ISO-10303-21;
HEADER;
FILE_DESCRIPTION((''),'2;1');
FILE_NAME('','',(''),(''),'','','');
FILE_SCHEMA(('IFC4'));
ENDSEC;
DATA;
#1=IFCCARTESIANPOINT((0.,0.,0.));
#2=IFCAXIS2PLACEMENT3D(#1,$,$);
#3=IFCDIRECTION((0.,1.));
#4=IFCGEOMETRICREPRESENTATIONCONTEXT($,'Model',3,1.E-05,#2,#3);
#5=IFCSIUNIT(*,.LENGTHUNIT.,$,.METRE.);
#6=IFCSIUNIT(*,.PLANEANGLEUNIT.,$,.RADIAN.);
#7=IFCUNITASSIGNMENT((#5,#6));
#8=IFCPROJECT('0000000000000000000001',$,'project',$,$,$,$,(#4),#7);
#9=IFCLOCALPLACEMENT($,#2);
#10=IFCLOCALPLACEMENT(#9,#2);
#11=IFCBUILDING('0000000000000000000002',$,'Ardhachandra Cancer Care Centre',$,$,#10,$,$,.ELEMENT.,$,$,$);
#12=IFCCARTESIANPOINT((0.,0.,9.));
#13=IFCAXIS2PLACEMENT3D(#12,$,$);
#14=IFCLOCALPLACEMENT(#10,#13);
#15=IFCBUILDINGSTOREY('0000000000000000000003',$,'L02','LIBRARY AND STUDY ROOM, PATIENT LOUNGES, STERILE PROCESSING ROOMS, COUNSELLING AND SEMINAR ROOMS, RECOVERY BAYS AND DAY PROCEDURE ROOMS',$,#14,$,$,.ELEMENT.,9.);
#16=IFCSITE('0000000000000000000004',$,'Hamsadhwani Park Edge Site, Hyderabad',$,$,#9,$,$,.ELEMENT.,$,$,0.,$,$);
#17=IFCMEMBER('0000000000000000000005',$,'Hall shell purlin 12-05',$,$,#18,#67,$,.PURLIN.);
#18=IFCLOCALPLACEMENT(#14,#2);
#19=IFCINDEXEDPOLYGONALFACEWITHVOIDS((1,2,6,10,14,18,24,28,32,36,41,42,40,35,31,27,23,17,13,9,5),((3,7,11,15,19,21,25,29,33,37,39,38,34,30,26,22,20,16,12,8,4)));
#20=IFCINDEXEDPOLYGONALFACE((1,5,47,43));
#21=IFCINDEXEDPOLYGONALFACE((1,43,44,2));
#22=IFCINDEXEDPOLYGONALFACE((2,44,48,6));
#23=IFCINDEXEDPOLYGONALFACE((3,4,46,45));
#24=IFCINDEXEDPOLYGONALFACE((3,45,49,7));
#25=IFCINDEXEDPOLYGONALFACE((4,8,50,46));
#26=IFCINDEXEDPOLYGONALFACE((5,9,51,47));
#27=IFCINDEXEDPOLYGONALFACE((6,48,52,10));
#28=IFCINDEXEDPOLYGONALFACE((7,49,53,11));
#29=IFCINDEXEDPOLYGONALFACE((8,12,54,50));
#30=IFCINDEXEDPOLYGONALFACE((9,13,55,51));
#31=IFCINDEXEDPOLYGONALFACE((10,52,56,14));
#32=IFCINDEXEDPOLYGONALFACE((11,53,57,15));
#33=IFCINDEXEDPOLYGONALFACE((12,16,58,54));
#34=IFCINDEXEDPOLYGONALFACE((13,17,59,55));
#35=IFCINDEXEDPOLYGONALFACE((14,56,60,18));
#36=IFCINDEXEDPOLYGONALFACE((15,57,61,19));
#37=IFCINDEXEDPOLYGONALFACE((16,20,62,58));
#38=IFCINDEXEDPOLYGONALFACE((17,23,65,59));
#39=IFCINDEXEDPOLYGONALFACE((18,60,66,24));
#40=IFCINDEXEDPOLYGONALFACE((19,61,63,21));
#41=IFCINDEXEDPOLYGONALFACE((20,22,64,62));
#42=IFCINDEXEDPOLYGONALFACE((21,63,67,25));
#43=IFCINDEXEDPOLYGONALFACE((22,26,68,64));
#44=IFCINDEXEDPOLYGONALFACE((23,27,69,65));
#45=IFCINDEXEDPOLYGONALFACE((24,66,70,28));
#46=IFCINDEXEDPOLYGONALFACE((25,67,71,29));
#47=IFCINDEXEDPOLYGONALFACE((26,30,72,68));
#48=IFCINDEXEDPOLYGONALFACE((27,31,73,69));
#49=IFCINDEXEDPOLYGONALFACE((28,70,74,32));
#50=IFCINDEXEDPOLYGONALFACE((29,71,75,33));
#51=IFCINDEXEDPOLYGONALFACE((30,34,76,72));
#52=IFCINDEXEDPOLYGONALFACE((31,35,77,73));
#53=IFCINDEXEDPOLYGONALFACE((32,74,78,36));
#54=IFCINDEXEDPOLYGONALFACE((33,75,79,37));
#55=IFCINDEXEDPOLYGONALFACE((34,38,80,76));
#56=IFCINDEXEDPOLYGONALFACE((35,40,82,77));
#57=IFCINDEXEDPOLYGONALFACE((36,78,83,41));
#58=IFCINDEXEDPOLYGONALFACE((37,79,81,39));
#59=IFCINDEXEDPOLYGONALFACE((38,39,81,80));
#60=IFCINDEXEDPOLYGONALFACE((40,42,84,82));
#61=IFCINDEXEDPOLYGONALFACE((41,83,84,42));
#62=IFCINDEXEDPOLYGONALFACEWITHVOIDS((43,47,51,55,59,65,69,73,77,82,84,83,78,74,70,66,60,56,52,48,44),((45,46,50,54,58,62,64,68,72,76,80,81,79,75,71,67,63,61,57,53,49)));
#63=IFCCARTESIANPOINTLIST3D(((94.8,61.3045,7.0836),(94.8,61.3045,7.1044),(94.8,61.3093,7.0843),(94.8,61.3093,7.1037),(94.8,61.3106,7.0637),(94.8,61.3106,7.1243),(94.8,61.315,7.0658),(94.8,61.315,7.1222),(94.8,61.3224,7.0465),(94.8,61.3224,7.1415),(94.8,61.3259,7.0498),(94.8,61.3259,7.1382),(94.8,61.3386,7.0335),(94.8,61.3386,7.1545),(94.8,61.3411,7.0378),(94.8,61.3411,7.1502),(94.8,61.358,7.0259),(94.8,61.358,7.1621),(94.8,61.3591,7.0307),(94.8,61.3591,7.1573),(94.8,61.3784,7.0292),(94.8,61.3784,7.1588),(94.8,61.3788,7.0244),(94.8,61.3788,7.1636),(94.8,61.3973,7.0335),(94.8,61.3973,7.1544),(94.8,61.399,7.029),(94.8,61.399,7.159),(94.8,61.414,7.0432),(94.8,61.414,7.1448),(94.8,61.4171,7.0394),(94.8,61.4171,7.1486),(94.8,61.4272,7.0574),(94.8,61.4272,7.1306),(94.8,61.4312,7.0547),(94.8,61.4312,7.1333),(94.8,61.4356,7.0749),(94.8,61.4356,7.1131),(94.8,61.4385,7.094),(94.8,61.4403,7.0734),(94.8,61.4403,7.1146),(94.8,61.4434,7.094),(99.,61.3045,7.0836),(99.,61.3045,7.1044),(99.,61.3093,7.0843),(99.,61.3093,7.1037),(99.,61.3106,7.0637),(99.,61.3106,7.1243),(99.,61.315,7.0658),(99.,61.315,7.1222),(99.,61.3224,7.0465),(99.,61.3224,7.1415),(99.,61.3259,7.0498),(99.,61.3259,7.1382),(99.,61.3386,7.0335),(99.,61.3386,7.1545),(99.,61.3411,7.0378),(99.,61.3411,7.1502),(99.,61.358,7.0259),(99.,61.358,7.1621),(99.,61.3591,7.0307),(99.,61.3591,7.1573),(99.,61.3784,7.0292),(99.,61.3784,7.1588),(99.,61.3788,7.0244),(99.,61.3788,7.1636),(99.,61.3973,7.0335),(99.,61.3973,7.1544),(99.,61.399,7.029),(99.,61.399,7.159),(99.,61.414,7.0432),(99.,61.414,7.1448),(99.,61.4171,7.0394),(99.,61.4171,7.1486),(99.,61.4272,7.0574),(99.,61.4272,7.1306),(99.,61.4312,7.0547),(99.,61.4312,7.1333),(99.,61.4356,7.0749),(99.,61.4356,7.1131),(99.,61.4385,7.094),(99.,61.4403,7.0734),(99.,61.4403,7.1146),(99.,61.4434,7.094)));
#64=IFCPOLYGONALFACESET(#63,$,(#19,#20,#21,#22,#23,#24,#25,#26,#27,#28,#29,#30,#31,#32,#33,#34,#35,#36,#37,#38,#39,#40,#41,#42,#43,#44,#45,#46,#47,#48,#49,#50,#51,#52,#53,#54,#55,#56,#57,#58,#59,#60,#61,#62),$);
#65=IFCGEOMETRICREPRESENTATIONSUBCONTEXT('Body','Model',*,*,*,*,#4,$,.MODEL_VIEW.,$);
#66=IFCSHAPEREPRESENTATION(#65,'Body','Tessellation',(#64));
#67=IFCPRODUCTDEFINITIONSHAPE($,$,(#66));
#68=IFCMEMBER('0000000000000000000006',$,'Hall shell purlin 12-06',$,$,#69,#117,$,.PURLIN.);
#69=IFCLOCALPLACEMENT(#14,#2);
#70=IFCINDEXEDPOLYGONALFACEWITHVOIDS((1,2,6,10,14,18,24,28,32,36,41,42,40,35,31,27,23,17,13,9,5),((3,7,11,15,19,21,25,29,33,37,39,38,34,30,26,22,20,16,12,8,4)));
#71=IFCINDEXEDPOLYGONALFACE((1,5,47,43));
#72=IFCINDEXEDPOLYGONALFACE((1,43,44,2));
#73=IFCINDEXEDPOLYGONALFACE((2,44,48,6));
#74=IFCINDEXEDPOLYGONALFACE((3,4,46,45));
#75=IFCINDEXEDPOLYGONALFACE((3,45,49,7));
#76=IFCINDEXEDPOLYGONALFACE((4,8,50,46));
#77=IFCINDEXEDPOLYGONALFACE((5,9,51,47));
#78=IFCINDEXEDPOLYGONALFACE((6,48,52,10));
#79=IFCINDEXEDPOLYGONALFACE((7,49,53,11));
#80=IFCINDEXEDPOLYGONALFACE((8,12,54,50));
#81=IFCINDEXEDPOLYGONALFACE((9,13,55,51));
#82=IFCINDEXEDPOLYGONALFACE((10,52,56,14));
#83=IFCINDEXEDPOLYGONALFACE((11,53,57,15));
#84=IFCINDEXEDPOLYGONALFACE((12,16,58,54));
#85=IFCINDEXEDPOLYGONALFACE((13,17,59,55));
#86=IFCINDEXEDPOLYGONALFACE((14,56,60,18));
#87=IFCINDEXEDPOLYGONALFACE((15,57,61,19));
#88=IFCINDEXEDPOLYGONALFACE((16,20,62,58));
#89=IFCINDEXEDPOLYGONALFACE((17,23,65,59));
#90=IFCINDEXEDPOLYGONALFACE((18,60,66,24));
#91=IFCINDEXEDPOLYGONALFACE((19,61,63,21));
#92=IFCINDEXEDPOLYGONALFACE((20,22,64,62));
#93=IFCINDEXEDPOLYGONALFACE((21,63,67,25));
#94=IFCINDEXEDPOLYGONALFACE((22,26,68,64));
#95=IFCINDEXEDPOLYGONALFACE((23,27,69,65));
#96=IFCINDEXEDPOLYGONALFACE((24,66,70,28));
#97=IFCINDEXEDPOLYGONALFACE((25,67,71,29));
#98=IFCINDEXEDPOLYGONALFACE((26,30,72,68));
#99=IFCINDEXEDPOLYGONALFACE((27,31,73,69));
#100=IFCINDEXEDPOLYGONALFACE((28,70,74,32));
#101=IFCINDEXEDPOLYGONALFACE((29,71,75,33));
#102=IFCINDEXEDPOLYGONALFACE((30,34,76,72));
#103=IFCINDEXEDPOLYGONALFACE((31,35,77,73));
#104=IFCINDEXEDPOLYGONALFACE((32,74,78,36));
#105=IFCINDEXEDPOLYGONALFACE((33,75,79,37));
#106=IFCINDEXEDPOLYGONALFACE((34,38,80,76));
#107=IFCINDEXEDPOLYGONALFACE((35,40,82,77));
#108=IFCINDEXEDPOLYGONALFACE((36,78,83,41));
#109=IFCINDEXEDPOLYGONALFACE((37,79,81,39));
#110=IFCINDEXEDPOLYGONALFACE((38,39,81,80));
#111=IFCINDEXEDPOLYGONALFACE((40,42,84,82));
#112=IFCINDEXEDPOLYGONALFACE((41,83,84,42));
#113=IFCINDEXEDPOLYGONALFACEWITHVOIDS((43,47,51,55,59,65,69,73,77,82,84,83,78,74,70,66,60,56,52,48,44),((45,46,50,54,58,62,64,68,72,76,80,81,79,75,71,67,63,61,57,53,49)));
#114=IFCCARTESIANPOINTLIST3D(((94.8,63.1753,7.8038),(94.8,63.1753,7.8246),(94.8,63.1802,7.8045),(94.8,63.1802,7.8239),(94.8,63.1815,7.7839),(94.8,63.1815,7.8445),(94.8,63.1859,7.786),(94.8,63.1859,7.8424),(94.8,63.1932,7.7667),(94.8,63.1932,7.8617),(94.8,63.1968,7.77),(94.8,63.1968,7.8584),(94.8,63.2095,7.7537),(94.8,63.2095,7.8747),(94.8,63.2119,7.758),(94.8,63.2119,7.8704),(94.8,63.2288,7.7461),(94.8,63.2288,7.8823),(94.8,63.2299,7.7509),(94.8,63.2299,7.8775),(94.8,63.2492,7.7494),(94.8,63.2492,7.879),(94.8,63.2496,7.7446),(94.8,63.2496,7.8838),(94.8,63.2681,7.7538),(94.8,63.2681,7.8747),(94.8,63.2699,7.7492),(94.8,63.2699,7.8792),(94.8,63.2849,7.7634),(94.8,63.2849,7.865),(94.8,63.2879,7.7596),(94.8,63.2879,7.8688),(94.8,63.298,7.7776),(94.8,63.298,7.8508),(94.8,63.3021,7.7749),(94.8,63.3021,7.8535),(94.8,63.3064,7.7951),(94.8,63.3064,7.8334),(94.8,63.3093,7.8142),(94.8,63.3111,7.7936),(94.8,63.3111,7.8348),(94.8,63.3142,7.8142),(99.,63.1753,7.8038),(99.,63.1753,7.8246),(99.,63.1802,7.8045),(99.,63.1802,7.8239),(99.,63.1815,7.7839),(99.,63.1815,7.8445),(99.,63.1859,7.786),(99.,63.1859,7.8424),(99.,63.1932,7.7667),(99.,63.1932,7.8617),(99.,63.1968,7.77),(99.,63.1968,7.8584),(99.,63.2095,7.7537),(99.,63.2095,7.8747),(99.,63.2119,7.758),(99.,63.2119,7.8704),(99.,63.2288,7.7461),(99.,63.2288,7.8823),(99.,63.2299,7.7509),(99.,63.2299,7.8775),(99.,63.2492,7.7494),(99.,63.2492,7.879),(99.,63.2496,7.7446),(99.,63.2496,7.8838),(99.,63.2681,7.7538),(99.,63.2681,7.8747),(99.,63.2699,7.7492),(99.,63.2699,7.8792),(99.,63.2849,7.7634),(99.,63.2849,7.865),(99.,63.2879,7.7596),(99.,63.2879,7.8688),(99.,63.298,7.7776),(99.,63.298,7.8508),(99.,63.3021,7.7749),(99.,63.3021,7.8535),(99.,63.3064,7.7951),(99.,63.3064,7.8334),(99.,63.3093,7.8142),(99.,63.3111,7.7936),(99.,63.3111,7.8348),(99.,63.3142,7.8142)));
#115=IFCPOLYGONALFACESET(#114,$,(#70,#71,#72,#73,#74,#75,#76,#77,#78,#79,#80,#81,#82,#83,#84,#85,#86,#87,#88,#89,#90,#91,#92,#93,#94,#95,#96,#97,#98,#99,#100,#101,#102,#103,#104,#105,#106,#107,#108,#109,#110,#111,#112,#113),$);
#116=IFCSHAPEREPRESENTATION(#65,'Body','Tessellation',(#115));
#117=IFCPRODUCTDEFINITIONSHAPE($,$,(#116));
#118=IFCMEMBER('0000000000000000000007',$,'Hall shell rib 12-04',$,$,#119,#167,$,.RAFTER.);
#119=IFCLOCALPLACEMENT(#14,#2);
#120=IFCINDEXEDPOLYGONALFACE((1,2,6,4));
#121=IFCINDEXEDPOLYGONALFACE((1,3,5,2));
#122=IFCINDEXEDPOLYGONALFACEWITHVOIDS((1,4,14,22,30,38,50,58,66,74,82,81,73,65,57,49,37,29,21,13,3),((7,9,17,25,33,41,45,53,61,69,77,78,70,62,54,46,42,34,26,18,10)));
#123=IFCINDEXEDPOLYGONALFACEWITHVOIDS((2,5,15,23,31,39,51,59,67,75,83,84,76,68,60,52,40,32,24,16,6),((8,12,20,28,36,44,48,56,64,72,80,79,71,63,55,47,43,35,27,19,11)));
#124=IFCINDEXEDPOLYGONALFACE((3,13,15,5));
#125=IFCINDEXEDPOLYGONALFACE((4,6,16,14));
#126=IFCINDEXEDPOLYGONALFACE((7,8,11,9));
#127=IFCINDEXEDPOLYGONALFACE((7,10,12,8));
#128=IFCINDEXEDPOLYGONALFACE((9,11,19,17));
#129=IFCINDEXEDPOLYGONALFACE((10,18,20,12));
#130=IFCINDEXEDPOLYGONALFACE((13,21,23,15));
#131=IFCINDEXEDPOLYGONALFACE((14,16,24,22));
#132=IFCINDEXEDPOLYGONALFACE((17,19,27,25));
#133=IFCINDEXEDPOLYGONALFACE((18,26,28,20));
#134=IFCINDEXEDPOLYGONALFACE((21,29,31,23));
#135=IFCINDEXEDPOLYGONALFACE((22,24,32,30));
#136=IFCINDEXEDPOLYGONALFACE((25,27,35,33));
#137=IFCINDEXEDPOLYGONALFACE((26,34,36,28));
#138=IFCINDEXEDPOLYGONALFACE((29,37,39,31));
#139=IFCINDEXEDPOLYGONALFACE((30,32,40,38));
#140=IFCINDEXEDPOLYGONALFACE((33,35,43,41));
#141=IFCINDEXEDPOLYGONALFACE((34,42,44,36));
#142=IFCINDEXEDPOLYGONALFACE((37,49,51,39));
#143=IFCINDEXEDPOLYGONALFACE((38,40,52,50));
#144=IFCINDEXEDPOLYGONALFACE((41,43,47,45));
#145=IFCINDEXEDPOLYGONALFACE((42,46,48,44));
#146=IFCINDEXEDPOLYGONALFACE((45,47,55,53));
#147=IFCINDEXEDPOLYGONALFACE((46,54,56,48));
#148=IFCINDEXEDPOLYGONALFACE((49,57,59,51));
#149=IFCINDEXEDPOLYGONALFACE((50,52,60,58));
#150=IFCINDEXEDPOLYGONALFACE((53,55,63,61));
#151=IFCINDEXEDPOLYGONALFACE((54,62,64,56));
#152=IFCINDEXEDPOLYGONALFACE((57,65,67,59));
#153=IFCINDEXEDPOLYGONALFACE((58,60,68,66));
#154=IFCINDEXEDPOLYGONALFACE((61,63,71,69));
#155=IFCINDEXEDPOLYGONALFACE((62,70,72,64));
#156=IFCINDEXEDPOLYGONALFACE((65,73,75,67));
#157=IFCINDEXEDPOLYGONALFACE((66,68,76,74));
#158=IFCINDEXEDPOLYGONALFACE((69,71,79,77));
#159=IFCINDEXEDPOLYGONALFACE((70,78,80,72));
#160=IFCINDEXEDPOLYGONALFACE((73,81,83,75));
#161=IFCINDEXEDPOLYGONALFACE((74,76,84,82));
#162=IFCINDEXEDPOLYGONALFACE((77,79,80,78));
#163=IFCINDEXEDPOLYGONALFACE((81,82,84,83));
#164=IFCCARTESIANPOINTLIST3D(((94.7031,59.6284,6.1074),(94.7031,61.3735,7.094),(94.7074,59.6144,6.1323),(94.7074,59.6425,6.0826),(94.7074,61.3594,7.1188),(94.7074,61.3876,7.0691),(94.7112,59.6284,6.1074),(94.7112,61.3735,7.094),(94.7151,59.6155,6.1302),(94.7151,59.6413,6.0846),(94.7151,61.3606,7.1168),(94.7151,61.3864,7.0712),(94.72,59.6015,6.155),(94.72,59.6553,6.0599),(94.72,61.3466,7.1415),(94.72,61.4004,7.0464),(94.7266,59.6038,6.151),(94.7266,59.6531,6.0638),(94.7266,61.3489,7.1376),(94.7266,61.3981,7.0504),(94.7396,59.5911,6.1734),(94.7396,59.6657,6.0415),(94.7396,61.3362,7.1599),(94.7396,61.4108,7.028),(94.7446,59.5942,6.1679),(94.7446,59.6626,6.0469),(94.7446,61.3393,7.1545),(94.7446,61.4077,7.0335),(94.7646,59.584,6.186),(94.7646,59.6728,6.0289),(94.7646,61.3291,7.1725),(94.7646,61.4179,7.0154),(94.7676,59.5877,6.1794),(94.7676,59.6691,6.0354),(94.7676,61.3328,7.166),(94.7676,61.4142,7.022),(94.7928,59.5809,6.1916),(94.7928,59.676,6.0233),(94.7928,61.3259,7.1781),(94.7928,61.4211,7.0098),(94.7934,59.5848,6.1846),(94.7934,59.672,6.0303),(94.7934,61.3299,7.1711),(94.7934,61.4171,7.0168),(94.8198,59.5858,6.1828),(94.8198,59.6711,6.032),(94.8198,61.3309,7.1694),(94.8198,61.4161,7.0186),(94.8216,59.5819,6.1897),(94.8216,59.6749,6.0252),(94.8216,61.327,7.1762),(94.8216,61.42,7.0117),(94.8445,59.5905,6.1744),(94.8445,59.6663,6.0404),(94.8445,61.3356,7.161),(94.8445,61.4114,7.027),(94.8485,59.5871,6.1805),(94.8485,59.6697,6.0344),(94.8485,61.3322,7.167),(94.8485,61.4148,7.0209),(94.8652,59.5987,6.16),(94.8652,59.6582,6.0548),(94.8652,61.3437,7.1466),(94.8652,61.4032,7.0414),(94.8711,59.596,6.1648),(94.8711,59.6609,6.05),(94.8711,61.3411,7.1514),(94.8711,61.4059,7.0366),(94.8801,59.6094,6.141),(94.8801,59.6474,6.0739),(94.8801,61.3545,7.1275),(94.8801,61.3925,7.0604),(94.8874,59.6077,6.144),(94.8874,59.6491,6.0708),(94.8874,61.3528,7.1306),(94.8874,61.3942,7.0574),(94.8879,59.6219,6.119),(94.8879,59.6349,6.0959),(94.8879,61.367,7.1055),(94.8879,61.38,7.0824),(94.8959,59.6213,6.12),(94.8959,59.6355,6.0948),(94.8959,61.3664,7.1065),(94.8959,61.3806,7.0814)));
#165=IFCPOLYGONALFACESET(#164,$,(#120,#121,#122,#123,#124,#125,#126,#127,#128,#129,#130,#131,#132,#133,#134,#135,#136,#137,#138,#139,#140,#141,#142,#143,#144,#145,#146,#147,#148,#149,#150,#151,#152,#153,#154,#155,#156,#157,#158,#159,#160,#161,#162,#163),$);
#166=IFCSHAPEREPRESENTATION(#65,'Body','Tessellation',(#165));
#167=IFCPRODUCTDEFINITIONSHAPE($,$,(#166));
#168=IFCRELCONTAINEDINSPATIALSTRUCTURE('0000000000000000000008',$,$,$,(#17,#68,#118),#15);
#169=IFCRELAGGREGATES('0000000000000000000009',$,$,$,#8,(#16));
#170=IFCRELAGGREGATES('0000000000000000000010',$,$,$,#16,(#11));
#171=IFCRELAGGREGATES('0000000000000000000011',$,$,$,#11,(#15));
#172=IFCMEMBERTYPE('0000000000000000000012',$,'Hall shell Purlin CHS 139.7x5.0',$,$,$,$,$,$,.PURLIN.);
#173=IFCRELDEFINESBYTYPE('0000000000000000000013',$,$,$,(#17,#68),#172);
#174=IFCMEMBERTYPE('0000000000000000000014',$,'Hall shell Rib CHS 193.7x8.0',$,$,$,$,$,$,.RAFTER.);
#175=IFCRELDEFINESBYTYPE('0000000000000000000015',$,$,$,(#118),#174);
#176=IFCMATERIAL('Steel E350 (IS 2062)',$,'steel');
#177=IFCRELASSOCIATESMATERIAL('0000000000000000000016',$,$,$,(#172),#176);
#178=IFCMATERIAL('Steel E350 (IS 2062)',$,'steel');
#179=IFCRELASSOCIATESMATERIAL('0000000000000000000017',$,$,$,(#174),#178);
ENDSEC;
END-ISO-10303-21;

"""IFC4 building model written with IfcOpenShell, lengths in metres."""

from ifc_helpers import new_model, si_unit, direction, frame, origin, origin_2d, place, context, subcontext, project, spatial, hollow_circle, extrude, material, material_profile, profile_set, type_object, element, save


model = new_model("IFC4")

# Units and contexts
model_context = context("Model", 3, precision=1e-05, world=origin(), true_north=direction((0.0, 1.0)))
body_context = subcontext(model_context, "Body", "Model", "MODEL_VIEW")
ifc_project = project(units=[si_unit("LENGTHUNIT", "METRE"), si_unit("PLANEANGLEUNIT", "RADIAN")], contexts=[model_context])

# Site, building, storey
site_placement = place(None, origin())
site = spatial("IfcSite", under=ifc_project, at=site_placement, Name="Hamsadhwani Park Edge Site, Hyderabad", CompositionType="ELEMENT", RefElevation=0.0)
building_placement = place(site_placement, origin())
building = spatial("IfcBuilding", under=site, at=building_placement, Name="Ardhachandra Cancer Care Centre", CompositionType="ELEMENT")
storey_placement = place(building_placement, frame((0.0, 0.0, 9.0)))
storey = spatial("IfcBuildingStorey", under=building, at=storey_placement, Name="L02", Description="LIBRARY AND STUDY ROOM, PATIENT LOUNGES, STERILE PROCESSING ROOMS, COUNSELLING AND SEMINAR ROOMS, RECOVERY BAYS AND DAY PROCEDURE ROOMS", CompositionType="ELEMENT", Elevation=9.0)

# Members
ifc_material_1 = material(Name="Steel E350 (IS 2062)", Category="steel")
ifc_material_profile_1 = material_profile(ifc_material_1, hollow_circle(Radius=0.0698, WallThickness=0.0049, at=origin_2d()), Name="CHS 139.7x5.0")
ifc_profile_set_1 = profile_set([ifc_material_profile_1], Name="Steel E350 (IS 2062)")
member_type_1 = type_object("IfcMemberType", Name="Hall shell Purlin CHS 139.7x5.0", PredefinedType="PURLIN", material=ifc_profile_set_1)
for number, where, z_axis, x_axis, name in (
    (1, (94.8, 61.3735, 7.094), (1.0, 0.0, 0.0), (0.0, 1.0, 0.0), "Hall shell purlin 12-05"),
    (2, (94.8, 63.2444, 7.8142), (1.0, 0.0, 0.0), (0.0, 1.0, 0.0), "Hall shell purlin 12-06"),
):
    element("IfcMember", number, at=place(storey_placement, frame(where, z_axis=z_axis, x_axis=x_axis)), inside=storey, type_object=member_type_1, Name=name, PredefinedType="PURLIN", context=body_context, shape_type="SweptSolid", body=[
        extrude(hollow_circle(Radius=0.0698, WallThickness=0.0049, at=origin_2d()), origin(), (0.0, 0.0, 1.0), 4.2),
    ])
ifc_material_2 = material(Name="Steel E350 (IS 2062)", Category="steel")
ifc_material_profile_2 = material_profile(ifc_material_2, hollow_circle(Radius=0.0969, WallThickness=0.0081, at=origin_2d()), Name="CHS 193.7x8.0")
ifc_profile_set_2 = profile_set([ifc_material_profile_2], Name="Steel E350 (IS 2062)")
member_type_2 = type_object("IfcMemberType", Name="Hall shell Rib CHS 193.7x8.0", PredefinedType="RAFTER", material=ifc_profile_set_2)
for number, where, z_axis, x_axis, name in (
    (3, (94.8, 59.6284, 6.1074), (0.0, 0.87052, 0.492134), (-1.0, 0.0, 0.0), "Hall shell rib 12-04"),
):
    element("IfcMember", number, at=place(storey_placement, frame(where, z_axis=z_axis, x_axis=x_axis)), inside=storey, type_object=member_type_2, Name=name, PredefinedType="RAFTER", context=body_context, shape_type="SweptSolid", body=[
        extrude(hollow_circle(Radius=0.0969, WallThickness=0.0081, at=origin_2d()), origin(), (0.0, 0.0, 1.0), 2.0046),
    ])

save(model, "model.ifc")
